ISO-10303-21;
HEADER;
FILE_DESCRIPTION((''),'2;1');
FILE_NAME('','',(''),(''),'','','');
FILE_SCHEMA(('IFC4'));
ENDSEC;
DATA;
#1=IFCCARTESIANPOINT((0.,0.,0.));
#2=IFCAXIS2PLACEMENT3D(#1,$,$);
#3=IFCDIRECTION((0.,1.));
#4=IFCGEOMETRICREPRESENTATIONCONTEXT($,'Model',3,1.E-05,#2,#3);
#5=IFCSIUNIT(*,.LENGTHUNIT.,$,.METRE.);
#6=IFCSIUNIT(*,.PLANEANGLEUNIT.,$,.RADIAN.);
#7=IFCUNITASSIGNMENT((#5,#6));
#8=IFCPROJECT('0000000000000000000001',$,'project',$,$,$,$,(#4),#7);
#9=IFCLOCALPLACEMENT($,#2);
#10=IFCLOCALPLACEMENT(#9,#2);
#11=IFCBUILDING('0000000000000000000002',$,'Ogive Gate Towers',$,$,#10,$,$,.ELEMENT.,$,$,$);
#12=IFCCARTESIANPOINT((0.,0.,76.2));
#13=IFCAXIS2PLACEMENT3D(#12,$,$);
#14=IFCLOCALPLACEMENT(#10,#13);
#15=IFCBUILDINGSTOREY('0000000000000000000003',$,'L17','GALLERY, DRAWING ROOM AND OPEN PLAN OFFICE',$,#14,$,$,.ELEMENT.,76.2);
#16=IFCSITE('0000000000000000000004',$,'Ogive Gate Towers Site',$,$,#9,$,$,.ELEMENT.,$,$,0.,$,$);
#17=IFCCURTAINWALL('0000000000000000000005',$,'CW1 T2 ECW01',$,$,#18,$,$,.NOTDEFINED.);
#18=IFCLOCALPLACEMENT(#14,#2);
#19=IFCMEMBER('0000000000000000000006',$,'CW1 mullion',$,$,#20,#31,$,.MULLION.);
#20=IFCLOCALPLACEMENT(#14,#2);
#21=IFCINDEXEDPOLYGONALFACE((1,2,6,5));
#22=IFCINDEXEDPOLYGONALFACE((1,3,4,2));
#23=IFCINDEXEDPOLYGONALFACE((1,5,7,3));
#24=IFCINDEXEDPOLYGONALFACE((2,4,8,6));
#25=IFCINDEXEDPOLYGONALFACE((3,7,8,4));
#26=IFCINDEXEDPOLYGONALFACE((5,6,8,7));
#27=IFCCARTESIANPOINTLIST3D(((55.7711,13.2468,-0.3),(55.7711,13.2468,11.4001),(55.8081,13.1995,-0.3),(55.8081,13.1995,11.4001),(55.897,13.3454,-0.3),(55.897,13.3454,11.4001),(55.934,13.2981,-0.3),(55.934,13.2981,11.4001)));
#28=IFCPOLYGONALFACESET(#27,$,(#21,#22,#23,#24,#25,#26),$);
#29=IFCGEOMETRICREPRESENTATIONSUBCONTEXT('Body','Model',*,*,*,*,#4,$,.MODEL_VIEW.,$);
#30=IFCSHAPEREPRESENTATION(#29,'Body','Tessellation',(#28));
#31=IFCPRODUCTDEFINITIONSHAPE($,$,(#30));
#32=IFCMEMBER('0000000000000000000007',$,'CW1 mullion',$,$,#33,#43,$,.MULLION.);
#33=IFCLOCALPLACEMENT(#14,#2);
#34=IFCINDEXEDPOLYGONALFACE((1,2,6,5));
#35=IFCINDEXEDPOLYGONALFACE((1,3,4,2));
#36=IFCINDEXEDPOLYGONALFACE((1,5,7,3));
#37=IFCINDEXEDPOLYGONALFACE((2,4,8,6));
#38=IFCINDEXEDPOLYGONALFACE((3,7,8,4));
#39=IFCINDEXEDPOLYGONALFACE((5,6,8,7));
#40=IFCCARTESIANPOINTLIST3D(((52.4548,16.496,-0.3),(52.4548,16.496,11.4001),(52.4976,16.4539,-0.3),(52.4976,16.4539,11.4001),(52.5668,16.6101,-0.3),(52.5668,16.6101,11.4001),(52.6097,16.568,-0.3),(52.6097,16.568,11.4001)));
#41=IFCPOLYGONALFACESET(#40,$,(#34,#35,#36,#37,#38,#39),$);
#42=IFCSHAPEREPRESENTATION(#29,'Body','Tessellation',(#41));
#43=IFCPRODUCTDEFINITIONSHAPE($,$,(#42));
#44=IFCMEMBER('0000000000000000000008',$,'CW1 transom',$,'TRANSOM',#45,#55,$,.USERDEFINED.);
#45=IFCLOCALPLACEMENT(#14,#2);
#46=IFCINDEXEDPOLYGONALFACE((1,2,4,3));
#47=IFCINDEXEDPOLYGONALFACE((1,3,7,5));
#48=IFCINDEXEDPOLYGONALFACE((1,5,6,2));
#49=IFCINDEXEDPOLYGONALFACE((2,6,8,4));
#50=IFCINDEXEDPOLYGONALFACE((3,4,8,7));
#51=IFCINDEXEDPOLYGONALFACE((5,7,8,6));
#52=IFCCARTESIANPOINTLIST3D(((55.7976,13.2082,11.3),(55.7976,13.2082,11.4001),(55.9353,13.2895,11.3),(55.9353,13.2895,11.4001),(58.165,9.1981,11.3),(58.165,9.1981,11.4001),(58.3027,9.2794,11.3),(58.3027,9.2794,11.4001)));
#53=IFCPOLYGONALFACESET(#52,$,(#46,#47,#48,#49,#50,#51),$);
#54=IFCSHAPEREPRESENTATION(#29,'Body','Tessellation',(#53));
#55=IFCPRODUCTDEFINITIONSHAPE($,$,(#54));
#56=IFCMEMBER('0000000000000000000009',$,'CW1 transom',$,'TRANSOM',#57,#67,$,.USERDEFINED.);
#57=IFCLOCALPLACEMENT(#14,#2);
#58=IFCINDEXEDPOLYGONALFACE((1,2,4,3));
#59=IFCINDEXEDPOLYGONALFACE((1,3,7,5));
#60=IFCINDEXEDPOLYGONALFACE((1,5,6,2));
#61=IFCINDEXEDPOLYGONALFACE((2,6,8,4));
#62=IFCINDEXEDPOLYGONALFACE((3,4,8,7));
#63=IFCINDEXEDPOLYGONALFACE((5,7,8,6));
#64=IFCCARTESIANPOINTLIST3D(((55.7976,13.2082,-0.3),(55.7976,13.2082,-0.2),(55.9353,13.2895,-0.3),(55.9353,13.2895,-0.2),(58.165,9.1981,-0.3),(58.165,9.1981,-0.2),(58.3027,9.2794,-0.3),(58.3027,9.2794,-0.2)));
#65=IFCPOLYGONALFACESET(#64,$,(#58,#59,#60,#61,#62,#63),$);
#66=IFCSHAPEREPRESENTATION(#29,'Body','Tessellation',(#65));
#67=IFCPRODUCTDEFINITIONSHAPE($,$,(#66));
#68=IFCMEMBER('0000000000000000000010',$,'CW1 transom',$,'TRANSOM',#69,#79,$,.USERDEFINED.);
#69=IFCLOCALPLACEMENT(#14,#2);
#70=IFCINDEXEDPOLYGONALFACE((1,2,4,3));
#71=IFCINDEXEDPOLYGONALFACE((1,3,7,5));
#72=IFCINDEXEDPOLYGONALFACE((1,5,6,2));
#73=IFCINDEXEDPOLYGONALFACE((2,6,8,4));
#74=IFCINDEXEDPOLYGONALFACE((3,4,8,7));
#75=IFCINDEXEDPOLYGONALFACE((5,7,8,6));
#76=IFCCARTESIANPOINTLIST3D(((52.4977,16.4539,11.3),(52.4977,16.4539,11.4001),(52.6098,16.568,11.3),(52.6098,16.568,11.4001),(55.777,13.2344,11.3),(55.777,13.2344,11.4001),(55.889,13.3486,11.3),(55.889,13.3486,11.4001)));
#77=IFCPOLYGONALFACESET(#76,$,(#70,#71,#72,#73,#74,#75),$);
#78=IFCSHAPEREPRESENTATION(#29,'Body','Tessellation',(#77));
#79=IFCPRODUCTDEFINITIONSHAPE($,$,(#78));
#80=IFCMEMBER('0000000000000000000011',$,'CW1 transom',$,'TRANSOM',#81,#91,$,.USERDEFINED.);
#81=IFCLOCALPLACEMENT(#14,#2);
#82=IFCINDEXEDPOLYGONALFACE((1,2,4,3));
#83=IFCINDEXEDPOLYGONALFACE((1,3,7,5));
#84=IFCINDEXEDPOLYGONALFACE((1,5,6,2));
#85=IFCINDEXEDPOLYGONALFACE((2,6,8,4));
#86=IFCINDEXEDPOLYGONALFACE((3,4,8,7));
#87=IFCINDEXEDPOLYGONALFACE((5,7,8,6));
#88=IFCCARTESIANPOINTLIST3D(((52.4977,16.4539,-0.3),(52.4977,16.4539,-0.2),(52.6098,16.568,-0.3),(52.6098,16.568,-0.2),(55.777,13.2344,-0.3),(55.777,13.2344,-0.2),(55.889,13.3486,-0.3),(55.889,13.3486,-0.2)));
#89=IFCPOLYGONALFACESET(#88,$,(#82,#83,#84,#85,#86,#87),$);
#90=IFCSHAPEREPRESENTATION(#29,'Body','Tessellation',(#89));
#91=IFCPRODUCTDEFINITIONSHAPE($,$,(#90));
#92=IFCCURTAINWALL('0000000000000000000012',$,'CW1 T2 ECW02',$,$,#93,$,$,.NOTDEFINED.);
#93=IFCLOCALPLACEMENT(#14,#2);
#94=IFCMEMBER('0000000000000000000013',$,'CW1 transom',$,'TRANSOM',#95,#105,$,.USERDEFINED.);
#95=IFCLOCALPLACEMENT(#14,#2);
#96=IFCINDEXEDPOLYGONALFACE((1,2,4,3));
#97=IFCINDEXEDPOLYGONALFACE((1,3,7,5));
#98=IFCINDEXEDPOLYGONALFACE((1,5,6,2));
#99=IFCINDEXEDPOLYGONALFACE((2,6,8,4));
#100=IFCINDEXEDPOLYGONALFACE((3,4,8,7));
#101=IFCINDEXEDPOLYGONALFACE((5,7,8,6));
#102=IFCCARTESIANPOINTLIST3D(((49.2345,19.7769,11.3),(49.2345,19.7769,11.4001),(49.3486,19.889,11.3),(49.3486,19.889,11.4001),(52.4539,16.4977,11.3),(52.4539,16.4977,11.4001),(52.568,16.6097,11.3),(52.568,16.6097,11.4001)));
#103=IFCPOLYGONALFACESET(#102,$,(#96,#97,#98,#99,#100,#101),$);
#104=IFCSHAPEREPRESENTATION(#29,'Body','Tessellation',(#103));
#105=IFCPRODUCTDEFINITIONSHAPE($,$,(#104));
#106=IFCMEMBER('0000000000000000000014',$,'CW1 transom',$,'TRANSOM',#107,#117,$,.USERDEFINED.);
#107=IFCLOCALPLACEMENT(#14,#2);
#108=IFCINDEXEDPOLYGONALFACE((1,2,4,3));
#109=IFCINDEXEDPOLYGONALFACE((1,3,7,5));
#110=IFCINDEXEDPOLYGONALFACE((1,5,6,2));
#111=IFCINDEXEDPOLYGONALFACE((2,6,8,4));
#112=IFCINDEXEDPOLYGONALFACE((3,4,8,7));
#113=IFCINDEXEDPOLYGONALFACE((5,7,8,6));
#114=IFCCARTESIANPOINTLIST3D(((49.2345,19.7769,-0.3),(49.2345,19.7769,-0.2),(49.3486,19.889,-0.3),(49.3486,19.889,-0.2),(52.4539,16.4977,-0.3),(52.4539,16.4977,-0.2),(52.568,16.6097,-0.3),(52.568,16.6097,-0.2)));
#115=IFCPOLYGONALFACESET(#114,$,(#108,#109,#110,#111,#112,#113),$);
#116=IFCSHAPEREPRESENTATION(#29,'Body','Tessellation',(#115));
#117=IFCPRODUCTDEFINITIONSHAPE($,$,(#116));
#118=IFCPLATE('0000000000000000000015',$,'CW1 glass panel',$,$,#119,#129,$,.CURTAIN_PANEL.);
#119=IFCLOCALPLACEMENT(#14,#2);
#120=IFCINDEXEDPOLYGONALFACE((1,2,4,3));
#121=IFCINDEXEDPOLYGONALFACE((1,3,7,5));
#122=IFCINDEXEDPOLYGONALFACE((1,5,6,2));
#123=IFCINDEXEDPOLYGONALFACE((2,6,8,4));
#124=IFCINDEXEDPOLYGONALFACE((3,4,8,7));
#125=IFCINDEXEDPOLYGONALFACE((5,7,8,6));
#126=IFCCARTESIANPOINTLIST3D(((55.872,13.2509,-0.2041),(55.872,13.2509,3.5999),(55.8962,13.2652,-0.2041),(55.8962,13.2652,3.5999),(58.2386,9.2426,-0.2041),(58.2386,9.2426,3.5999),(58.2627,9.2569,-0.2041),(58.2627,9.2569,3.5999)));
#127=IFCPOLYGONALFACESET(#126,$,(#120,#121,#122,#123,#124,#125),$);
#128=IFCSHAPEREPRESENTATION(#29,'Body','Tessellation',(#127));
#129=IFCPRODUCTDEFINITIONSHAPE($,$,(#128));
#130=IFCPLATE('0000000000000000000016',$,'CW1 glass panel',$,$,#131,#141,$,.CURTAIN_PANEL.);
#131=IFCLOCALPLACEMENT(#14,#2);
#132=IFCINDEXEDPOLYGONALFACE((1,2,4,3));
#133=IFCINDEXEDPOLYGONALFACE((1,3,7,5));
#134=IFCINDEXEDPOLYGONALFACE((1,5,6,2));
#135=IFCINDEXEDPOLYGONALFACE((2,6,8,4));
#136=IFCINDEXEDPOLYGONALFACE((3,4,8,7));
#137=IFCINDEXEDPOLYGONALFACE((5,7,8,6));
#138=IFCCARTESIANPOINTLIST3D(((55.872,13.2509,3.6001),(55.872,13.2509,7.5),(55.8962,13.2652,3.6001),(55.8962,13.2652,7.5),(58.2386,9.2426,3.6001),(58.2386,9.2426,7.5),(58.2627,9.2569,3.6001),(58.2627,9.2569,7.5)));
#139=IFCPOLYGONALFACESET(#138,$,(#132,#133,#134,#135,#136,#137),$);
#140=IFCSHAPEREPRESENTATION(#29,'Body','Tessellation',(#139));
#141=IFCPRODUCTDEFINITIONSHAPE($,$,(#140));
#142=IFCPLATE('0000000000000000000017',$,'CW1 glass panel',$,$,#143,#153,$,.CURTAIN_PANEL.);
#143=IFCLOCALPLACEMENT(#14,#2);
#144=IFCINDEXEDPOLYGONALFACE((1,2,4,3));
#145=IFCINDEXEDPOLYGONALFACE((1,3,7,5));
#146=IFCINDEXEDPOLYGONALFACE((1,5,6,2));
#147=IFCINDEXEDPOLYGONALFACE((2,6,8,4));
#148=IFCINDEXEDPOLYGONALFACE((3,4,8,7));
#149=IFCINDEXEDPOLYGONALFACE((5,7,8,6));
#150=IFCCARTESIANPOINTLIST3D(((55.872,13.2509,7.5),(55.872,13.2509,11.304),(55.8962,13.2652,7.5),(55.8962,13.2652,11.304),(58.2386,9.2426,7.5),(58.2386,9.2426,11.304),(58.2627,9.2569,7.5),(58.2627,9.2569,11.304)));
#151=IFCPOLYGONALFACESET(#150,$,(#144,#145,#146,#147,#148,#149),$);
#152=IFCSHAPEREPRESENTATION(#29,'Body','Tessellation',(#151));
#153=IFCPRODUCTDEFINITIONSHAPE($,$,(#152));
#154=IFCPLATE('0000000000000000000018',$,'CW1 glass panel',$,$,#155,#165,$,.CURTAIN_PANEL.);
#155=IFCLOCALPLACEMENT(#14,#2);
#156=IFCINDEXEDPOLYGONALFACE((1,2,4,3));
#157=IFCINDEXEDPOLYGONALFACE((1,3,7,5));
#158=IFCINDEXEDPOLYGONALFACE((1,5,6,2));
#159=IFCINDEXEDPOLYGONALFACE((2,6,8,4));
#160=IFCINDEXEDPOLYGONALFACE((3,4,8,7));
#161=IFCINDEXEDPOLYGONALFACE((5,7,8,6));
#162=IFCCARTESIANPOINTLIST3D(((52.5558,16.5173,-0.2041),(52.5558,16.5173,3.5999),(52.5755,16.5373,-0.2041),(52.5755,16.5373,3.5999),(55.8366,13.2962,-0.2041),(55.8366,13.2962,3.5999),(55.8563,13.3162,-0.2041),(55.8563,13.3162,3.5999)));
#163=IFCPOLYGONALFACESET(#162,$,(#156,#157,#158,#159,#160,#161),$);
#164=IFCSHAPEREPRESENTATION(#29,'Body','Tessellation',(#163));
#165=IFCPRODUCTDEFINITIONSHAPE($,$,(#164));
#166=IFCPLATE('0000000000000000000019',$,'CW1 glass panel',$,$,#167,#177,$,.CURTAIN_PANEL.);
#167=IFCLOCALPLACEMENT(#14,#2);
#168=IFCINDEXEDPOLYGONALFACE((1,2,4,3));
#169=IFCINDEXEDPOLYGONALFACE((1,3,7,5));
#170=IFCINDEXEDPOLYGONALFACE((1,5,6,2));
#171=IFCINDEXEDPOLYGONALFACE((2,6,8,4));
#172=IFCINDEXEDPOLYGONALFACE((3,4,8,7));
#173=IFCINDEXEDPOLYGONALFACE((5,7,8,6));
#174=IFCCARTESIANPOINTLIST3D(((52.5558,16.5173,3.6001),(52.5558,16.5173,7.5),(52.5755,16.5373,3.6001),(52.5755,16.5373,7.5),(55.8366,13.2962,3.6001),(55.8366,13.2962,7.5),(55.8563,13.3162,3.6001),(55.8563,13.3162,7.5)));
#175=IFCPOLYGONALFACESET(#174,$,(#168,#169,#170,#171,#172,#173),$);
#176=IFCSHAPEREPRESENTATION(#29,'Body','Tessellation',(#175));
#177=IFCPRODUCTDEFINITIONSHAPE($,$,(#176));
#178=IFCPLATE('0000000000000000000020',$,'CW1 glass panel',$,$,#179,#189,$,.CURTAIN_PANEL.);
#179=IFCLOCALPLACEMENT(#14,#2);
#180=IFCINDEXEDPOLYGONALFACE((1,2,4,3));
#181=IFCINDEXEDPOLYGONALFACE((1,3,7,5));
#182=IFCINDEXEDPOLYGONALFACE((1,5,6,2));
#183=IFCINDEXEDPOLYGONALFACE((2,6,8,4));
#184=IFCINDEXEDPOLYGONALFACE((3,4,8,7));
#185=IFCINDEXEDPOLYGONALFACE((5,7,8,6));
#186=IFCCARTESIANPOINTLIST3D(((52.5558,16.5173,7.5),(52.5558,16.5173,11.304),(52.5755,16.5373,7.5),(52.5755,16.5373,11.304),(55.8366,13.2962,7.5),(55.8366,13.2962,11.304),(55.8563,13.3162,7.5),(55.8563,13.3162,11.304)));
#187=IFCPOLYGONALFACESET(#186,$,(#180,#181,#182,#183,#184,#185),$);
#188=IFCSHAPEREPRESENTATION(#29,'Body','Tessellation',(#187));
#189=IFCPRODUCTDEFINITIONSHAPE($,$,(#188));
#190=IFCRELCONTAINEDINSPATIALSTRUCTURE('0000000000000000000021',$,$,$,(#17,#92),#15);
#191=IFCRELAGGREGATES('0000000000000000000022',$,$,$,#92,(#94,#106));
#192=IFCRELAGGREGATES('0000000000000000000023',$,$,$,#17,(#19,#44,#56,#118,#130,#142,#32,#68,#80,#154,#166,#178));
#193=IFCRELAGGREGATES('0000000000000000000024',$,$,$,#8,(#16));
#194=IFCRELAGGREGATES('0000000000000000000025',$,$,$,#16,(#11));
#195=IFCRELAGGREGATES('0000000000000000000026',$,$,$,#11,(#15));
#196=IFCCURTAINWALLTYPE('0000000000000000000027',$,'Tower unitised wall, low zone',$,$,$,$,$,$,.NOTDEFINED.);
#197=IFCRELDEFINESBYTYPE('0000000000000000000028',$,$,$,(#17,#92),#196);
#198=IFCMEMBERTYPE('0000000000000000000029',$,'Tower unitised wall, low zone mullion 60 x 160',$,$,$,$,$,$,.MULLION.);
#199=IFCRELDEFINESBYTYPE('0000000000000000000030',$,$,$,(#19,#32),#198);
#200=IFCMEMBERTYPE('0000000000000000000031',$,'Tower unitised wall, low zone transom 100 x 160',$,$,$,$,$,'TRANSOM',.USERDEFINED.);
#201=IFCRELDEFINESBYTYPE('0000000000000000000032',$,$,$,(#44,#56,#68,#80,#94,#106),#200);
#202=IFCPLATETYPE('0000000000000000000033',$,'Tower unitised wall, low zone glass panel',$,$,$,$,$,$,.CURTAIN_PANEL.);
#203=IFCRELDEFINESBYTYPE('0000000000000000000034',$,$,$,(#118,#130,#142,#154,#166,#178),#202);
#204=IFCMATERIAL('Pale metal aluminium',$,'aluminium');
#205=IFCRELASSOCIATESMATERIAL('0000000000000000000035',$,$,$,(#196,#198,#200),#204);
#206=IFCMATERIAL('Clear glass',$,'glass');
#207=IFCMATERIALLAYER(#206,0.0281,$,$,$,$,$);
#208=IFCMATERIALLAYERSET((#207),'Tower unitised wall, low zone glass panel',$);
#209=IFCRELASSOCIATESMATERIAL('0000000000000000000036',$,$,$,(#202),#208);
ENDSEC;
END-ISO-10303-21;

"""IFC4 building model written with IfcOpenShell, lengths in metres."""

from ifc_helpers import new_model, si_unit, direction, frame, origin, origin_2d, place, context, subcontext, project, spatial, rectangle, extrude, material, layer, layer_set, material_profile, profile_set, type_object, element, aggregate, save


model = new_model("IFC4")

# Units and contexts
model_context = context("Model", 3, precision=1e-05, world=origin(), true_north=direction((0.0, 1.0)))
body_context = subcontext(model_context, "Body", "Model", "MODEL_VIEW")
ifc_project = project(units=[si_unit("LENGTHUNIT", "METRE"), si_unit("PLANEANGLEUNIT", "RADIAN")], contexts=[model_context])

# Site, building, storey
site_placement = place(None, origin())
site = spatial("IfcSite", under=ifc_project, at=site_placement, Name="Ogive Gate Towers Site", CompositionType="ELEMENT", RefElevation=0.0)
building_placement = place(site_placement, origin())
building = spatial("IfcBuilding", under=site, at=building_placement, Name="Ogive Gate Towers", CompositionType="ELEMENT")
storey_placement = place(building_placement, frame((0.0, 0.0, 76.2)))
storey = spatial("IfcBuildingStorey", under=building, at=storey_placement, Name="L17", Description="GALLERY, DRAWING ROOM AND OPEN PLAN OFFICE", CompositionType="ELEMENT", Elevation=76.2)

# Curtain walls, members
ifc_material_1 = material(Name="Pale metal aluminium", Category="aluminium")
curtain_wall_type = type_object("IfcCurtainWallType", Name="Tower unitised wall, low zone", PredefinedType="NOTDEFINED", material=ifc_material_1)
curtain_wall_1_placement = place(storey_placement, origin())
curtain_wall_1 = element("IfcCurtainWall", 1, at=curtain_wall_1_placement, inside=storey, type_object=curtain_wall_type, Name="CW1 T2 ECW01", PredefinedType="NOTDEFINED")
ifc_material_profile_1 = material_profile(ifc_material_1, rectangle(XDim=0.1599, YDim=0.0601, at=origin_2d()), Name="60 x 160 aluminium box")
ifc_profile_set_1 = profile_set([ifc_material_profile_1], Name="Pale metal aluminium")
member_type_1 = type_object("IfcMemberType", Name="Tower unitised wall, low zone mullion 60 x 160", PredefinedType="MULLION", material=ifc_profile_set_1)
member_1_placement = place(storey_placement, frame((55.8525, 13.2725, -0.3), z_axis=(0.0, 0.0, 1.0), x_axis=(0.787559, 0.616239, 0.0)))
member_1 = element("IfcMember", 2, at=member_1_placement, type_object=member_type_1, Name="CW1 mullion", PredefinedType="MULLION", context=body_context, shape_type="SweptSolid", body=[
    extrude(rectangle(XDim=0.1599, YDim=0.0601, at=origin_2d()), origin(), (0.0, 0.0, 1.0), 11.7002),
])
member_2_placement = place(storey_placement, frame((52.5322, 16.532, -0.3), z_axis=(0.0, 0.0, 1.0), x_axis=(0.700586, 0.713568, 0.0)))
member_2 = element("IfcMember", 3, at=member_2_placement, type_object=member_type_1, Name="CW1 mullion", PredefinedType="MULLION", context=body_context, shape_type="SweptSolid", body=[
    extrude(rectangle(XDim=0.1599, YDim=0.0601, at=origin_2d()), origin(), (0.0, 0.0, 1.0), 11.7002),
])
ifc_material_profile_2 = material_profile(ifc_material_1, rectangle(XDim=0.1599, YDim=0.1001, at=origin_2d()), Name="100 x 160 aluminium box")
ifc_profile_set_2 = profile_set([ifc_material_profile_2], Name="Pale metal aluminium")
member_type_2 = type_object("IfcMemberType", Name="Tower unitised wall, low zone transom 100 x 160", ElementType="TRANSOM", PredefinedType="USERDEFINED", material=ifc_profile_set_2)
member_3_placement = place(storey_placement, frame((58.2339, 9.2388, 11.3501), z_axis=(-0.508392, 0.861126, 0.0), x_axis=(-0.861126, -0.508392, 0.0)))
member_3 = element("IfcMember", 4, at=member_3_placement, type_object=member_type_2, Name="CW1 transom", ObjectType="TRANSOM", PredefinedType="USERDEFINED", context=body_context, shape_type="SweptSolid", body=[
    extrude(rectangle(XDim=0.1599, YDim=0.1001, at=origin_2d()), origin(), (0.0, 0.0, 1.0), 4.6567),
])
member_4_placement = place(storey_placement, frame((58.2339, 9.2388, -0.25), z_axis=(-0.508392, 0.861126, 0.0), x_axis=(-0.861126, -0.508392, 0.0)))
member_4 = element("IfcMember", 5, at=member_4_placement, type_object=member_type_2, Name="CW1 transom", ObjectType="TRANSOM", PredefinedType="USERDEFINED", context=body_context, shape_type="SweptSolid", body=[
    extrude(rectangle(XDim=0.1599, YDim=0.1001, at=origin_2d()), origin(), (0.0, 0.0, 1.0), 4.6567),
])
member_5_placement = place(storey_placement, frame((55.833, 13.2915, 11.3501), z_axis=(-0.713585, 0.700569, 0.0), x_axis=(-0.700569, -0.713585, 0.0)))
member_5 = element("IfcMember", 6, at=member_5_placement, type_object=member_type_2, Name="CW1 transom", ObjectType="TRANSOM", PredefinedType="USERDEFINED", context=body_context, shape_type="SweptSolid", body=[
    extrude(rectangle(XDim=0.1599, YDim=0.1001, at=origin_2d()), origin(), (0.0, 0.0, 1.0), 4.5955),
])
member_6_placement = place(storey_placement, frame((55.833, 13.2915, -0.25), z_axis=(-0.713585, 0.700569, 0.0), x_axis=(-0.700569, -0.713585, 0.0)))
member_6 = element("IfcMember", 7, at=member_6_placement, type_object=member_type_2, Name="CW1 transom", ObjectType="TRANSOM", PredefinedType="USERDEFINED", context=body_context, shape_type="SweptSolid", body=[
    extrude(rectangle(XDim=0.1599, YDim=0.1001, at=origin_2d()), origin(), (0.0, 0.0, 1.0), 4.5955),
])
curtain_wall_2_placement = place(storey_placement, origin())
curtain_wall_2 = element("IfcCurtainWall", 8, at=curtain_wall_2_placement, inside=storey, type_object=curtain_wall_type, Name="CW1 T2 ECW02", PredefinedType="NOTDEFINED")
member_7_placement = place(storey_placement, frame((52.511, 16.5537, 11.3501), z_axis=(-0.700569, 0.713585, 0.0), x_axis=(-0.713585, -0.700569, 0.0)))
member_7 = element("IfcMember", 9, at=member_7_placement, type_object=member_type_2, Name="CW1 transom", ObjectType="TRANSOM", PredefinedType="USERDEFINED", context=body_context, shape_type="SweptSolid", body=[
    extrude(rectangle(XDim=0.1599, YDim=0.1001, at=origin_2d()), origin(), (0.0, 0.0, 1.0), 4.5955),
])
member_8_placement = place(storey_placement, frame((52.511, 16.5537, -0.25), z_axis=(-0.700569, 0.713585, 0.0), x_axis=(-0.713585, -0.700569, 0.0)))
member_8 = element("IfcMember", 10, at=member_8_placement, type_object=member_type_2, Name="CW1 transom", ObjectType="TRANSOM", PredefinedType="USERDEFINED", context=body_context, shape_type="SweptSolid", body=[
    extrude(rectangle(XDim=0.1599, YDim=0.1001, at=origin_2d()), origin(), (0.0, 0.0, 1.0), 4.5955),
])
aggregate(curtain_wall_2, [member_7, member_8])

# Plates
ifc_material_2 = material(Name="Clear glass", Category="glass")
ifc_layer_1 = layer(ifc_material_2, 0.0281)
ifc_layer_set_1 = layer_set([ifc_layer_1], Name="Tower unitised wall, low zone glass panel")
plate_type = type_object("IfcPlateType", Name="Tower unitised wall, low zone glass panel", PredefinedType="CURTAIN_PANEL", material=ifc_layer_set_1)
plate_1_placement = place(storey_placement, frame((57.0674, 11.2539, -0.2041), z_axis=(0.0, 0.0, 1.0), x_axis=(-0.50841, 0.861115, 0.0)))
plate_1 = element("IfcPlate", 11, at=plate_1_placement, type_object=plate_type, Name="CW1 glass panel", PredefinedType="CURTAIN_PANEL", context=body_context, shape_type="SweptSolid", body=[
    extrude(rectangle(XDim=4.6548, YDim=0.0281, at=origin_2d()), origin(), (0.0, 0.0, 1.0), 3.804),
])
plate_2_placement = place(storey_placement, frame((57.0674, 11.2539, 3.6001), z_axis=(0.0, 0.0, 1.0), x_axis=(-0.50841, 0.861115, 0.0)))
plate_2 = element("IfcPlate", 12, at=plate_2_placement, type_object=plate_type, Name="CW1 glass panel", PredefinedType="CURTAIN_PANEL", context=body_context, shape_type="SweptSolid", body=[
    extrude(rectangle(XDim=4.6548, YDim=0.0281, at=origin_2d()), origin(), (0.0, 0.0, 1.0), 3.8999),
])
plate_3_placement = place(storey_placement, frame((57.0674, 11.2539, 7.5), z_axis=(0.0, 0.0, 1.0), x_axis=(-0.50841, 0.861115, 0.0)))
plate_3 = element("IfcPlate", 13, at=plate_3_placement, type_object=plate_type, Name="CW1 glass panel", PredefinedType="CURTAIN_PANEL", context=body_context, shape_type="SweptSolid", body=[
    extrude(rectangle(XDim=4.6548, YDim=0.0281, at=origin_2d()), origin(), (0.0, 0.0, 1.0), 3.804),
])
plate_4_placement = place(storey_placement, frame((54.2061, 14.9167, -0.2041), z_axis=(0.0, 0.0, 1.0), x_axis=(-0.713568, 0.700586, 0.0)))
plate_4 = element("IfcPlate", 14, at=plate_4_placement, type_object=plate_type, Name="CW1 glass panel", PredefinedType="CURTAIN_PANEL", context=body_context, shape_type="SweptSolid", body=[
    extrude(rectangle(XDim=4.5977, YDim=0.0281, at=origin_2d()), origin(), (0.0, 0.0, 1.0), 3.804),
])
plate_5_placement = place(storey_placement, frame((54.2061, 14.9167, 3.6001), z_axis=(0.0, 0.0, 1.0), x_axis=(-0.713568, 0.700586, 0.0)))
plate_5 = element("IfcPlate", 15, at=plate_5_placement, type_object=plate_type, Name="CW1 glass panel", PredefinedType="CURTAIN_PANEL", context=body_context, shape_type="SweptSolid", body=[
    extrude(rectangle(XDim=4.5977, YDim=0.0281, at=origin_2d()), origin(), (0.0, 0.0, 1.0), 3.8999),
])
plate_6_placement = place(storey_placement, frame((54.2061, 14.9167, 7.5), z_axis=(0.0, 0.0, 1.0), x_axis=(-0.713568, 0.700586, 0.0)))
plate_6 = element("IfcPlate", 16, at=plate_6_placement, type_object=plate_type, Name="CW1 glass panel", PredefinedType="CURTAIN_PANEL", context=body_context, shape_type="SweptSolid", body=[
    extrude(rectangle(XDim=4.5977, YDim=0.0281, at=origin_2d()), origin(), (0.0, 0.0, 1.0), 3.804),
])
aggregate(curtain_wall_1, [member_1, member_3, member_4, plate_1, plate_2, plate_3, member_2, member_5, member_6, plate_4, plate_5, plate_6])

save(model, "model.ifc")
